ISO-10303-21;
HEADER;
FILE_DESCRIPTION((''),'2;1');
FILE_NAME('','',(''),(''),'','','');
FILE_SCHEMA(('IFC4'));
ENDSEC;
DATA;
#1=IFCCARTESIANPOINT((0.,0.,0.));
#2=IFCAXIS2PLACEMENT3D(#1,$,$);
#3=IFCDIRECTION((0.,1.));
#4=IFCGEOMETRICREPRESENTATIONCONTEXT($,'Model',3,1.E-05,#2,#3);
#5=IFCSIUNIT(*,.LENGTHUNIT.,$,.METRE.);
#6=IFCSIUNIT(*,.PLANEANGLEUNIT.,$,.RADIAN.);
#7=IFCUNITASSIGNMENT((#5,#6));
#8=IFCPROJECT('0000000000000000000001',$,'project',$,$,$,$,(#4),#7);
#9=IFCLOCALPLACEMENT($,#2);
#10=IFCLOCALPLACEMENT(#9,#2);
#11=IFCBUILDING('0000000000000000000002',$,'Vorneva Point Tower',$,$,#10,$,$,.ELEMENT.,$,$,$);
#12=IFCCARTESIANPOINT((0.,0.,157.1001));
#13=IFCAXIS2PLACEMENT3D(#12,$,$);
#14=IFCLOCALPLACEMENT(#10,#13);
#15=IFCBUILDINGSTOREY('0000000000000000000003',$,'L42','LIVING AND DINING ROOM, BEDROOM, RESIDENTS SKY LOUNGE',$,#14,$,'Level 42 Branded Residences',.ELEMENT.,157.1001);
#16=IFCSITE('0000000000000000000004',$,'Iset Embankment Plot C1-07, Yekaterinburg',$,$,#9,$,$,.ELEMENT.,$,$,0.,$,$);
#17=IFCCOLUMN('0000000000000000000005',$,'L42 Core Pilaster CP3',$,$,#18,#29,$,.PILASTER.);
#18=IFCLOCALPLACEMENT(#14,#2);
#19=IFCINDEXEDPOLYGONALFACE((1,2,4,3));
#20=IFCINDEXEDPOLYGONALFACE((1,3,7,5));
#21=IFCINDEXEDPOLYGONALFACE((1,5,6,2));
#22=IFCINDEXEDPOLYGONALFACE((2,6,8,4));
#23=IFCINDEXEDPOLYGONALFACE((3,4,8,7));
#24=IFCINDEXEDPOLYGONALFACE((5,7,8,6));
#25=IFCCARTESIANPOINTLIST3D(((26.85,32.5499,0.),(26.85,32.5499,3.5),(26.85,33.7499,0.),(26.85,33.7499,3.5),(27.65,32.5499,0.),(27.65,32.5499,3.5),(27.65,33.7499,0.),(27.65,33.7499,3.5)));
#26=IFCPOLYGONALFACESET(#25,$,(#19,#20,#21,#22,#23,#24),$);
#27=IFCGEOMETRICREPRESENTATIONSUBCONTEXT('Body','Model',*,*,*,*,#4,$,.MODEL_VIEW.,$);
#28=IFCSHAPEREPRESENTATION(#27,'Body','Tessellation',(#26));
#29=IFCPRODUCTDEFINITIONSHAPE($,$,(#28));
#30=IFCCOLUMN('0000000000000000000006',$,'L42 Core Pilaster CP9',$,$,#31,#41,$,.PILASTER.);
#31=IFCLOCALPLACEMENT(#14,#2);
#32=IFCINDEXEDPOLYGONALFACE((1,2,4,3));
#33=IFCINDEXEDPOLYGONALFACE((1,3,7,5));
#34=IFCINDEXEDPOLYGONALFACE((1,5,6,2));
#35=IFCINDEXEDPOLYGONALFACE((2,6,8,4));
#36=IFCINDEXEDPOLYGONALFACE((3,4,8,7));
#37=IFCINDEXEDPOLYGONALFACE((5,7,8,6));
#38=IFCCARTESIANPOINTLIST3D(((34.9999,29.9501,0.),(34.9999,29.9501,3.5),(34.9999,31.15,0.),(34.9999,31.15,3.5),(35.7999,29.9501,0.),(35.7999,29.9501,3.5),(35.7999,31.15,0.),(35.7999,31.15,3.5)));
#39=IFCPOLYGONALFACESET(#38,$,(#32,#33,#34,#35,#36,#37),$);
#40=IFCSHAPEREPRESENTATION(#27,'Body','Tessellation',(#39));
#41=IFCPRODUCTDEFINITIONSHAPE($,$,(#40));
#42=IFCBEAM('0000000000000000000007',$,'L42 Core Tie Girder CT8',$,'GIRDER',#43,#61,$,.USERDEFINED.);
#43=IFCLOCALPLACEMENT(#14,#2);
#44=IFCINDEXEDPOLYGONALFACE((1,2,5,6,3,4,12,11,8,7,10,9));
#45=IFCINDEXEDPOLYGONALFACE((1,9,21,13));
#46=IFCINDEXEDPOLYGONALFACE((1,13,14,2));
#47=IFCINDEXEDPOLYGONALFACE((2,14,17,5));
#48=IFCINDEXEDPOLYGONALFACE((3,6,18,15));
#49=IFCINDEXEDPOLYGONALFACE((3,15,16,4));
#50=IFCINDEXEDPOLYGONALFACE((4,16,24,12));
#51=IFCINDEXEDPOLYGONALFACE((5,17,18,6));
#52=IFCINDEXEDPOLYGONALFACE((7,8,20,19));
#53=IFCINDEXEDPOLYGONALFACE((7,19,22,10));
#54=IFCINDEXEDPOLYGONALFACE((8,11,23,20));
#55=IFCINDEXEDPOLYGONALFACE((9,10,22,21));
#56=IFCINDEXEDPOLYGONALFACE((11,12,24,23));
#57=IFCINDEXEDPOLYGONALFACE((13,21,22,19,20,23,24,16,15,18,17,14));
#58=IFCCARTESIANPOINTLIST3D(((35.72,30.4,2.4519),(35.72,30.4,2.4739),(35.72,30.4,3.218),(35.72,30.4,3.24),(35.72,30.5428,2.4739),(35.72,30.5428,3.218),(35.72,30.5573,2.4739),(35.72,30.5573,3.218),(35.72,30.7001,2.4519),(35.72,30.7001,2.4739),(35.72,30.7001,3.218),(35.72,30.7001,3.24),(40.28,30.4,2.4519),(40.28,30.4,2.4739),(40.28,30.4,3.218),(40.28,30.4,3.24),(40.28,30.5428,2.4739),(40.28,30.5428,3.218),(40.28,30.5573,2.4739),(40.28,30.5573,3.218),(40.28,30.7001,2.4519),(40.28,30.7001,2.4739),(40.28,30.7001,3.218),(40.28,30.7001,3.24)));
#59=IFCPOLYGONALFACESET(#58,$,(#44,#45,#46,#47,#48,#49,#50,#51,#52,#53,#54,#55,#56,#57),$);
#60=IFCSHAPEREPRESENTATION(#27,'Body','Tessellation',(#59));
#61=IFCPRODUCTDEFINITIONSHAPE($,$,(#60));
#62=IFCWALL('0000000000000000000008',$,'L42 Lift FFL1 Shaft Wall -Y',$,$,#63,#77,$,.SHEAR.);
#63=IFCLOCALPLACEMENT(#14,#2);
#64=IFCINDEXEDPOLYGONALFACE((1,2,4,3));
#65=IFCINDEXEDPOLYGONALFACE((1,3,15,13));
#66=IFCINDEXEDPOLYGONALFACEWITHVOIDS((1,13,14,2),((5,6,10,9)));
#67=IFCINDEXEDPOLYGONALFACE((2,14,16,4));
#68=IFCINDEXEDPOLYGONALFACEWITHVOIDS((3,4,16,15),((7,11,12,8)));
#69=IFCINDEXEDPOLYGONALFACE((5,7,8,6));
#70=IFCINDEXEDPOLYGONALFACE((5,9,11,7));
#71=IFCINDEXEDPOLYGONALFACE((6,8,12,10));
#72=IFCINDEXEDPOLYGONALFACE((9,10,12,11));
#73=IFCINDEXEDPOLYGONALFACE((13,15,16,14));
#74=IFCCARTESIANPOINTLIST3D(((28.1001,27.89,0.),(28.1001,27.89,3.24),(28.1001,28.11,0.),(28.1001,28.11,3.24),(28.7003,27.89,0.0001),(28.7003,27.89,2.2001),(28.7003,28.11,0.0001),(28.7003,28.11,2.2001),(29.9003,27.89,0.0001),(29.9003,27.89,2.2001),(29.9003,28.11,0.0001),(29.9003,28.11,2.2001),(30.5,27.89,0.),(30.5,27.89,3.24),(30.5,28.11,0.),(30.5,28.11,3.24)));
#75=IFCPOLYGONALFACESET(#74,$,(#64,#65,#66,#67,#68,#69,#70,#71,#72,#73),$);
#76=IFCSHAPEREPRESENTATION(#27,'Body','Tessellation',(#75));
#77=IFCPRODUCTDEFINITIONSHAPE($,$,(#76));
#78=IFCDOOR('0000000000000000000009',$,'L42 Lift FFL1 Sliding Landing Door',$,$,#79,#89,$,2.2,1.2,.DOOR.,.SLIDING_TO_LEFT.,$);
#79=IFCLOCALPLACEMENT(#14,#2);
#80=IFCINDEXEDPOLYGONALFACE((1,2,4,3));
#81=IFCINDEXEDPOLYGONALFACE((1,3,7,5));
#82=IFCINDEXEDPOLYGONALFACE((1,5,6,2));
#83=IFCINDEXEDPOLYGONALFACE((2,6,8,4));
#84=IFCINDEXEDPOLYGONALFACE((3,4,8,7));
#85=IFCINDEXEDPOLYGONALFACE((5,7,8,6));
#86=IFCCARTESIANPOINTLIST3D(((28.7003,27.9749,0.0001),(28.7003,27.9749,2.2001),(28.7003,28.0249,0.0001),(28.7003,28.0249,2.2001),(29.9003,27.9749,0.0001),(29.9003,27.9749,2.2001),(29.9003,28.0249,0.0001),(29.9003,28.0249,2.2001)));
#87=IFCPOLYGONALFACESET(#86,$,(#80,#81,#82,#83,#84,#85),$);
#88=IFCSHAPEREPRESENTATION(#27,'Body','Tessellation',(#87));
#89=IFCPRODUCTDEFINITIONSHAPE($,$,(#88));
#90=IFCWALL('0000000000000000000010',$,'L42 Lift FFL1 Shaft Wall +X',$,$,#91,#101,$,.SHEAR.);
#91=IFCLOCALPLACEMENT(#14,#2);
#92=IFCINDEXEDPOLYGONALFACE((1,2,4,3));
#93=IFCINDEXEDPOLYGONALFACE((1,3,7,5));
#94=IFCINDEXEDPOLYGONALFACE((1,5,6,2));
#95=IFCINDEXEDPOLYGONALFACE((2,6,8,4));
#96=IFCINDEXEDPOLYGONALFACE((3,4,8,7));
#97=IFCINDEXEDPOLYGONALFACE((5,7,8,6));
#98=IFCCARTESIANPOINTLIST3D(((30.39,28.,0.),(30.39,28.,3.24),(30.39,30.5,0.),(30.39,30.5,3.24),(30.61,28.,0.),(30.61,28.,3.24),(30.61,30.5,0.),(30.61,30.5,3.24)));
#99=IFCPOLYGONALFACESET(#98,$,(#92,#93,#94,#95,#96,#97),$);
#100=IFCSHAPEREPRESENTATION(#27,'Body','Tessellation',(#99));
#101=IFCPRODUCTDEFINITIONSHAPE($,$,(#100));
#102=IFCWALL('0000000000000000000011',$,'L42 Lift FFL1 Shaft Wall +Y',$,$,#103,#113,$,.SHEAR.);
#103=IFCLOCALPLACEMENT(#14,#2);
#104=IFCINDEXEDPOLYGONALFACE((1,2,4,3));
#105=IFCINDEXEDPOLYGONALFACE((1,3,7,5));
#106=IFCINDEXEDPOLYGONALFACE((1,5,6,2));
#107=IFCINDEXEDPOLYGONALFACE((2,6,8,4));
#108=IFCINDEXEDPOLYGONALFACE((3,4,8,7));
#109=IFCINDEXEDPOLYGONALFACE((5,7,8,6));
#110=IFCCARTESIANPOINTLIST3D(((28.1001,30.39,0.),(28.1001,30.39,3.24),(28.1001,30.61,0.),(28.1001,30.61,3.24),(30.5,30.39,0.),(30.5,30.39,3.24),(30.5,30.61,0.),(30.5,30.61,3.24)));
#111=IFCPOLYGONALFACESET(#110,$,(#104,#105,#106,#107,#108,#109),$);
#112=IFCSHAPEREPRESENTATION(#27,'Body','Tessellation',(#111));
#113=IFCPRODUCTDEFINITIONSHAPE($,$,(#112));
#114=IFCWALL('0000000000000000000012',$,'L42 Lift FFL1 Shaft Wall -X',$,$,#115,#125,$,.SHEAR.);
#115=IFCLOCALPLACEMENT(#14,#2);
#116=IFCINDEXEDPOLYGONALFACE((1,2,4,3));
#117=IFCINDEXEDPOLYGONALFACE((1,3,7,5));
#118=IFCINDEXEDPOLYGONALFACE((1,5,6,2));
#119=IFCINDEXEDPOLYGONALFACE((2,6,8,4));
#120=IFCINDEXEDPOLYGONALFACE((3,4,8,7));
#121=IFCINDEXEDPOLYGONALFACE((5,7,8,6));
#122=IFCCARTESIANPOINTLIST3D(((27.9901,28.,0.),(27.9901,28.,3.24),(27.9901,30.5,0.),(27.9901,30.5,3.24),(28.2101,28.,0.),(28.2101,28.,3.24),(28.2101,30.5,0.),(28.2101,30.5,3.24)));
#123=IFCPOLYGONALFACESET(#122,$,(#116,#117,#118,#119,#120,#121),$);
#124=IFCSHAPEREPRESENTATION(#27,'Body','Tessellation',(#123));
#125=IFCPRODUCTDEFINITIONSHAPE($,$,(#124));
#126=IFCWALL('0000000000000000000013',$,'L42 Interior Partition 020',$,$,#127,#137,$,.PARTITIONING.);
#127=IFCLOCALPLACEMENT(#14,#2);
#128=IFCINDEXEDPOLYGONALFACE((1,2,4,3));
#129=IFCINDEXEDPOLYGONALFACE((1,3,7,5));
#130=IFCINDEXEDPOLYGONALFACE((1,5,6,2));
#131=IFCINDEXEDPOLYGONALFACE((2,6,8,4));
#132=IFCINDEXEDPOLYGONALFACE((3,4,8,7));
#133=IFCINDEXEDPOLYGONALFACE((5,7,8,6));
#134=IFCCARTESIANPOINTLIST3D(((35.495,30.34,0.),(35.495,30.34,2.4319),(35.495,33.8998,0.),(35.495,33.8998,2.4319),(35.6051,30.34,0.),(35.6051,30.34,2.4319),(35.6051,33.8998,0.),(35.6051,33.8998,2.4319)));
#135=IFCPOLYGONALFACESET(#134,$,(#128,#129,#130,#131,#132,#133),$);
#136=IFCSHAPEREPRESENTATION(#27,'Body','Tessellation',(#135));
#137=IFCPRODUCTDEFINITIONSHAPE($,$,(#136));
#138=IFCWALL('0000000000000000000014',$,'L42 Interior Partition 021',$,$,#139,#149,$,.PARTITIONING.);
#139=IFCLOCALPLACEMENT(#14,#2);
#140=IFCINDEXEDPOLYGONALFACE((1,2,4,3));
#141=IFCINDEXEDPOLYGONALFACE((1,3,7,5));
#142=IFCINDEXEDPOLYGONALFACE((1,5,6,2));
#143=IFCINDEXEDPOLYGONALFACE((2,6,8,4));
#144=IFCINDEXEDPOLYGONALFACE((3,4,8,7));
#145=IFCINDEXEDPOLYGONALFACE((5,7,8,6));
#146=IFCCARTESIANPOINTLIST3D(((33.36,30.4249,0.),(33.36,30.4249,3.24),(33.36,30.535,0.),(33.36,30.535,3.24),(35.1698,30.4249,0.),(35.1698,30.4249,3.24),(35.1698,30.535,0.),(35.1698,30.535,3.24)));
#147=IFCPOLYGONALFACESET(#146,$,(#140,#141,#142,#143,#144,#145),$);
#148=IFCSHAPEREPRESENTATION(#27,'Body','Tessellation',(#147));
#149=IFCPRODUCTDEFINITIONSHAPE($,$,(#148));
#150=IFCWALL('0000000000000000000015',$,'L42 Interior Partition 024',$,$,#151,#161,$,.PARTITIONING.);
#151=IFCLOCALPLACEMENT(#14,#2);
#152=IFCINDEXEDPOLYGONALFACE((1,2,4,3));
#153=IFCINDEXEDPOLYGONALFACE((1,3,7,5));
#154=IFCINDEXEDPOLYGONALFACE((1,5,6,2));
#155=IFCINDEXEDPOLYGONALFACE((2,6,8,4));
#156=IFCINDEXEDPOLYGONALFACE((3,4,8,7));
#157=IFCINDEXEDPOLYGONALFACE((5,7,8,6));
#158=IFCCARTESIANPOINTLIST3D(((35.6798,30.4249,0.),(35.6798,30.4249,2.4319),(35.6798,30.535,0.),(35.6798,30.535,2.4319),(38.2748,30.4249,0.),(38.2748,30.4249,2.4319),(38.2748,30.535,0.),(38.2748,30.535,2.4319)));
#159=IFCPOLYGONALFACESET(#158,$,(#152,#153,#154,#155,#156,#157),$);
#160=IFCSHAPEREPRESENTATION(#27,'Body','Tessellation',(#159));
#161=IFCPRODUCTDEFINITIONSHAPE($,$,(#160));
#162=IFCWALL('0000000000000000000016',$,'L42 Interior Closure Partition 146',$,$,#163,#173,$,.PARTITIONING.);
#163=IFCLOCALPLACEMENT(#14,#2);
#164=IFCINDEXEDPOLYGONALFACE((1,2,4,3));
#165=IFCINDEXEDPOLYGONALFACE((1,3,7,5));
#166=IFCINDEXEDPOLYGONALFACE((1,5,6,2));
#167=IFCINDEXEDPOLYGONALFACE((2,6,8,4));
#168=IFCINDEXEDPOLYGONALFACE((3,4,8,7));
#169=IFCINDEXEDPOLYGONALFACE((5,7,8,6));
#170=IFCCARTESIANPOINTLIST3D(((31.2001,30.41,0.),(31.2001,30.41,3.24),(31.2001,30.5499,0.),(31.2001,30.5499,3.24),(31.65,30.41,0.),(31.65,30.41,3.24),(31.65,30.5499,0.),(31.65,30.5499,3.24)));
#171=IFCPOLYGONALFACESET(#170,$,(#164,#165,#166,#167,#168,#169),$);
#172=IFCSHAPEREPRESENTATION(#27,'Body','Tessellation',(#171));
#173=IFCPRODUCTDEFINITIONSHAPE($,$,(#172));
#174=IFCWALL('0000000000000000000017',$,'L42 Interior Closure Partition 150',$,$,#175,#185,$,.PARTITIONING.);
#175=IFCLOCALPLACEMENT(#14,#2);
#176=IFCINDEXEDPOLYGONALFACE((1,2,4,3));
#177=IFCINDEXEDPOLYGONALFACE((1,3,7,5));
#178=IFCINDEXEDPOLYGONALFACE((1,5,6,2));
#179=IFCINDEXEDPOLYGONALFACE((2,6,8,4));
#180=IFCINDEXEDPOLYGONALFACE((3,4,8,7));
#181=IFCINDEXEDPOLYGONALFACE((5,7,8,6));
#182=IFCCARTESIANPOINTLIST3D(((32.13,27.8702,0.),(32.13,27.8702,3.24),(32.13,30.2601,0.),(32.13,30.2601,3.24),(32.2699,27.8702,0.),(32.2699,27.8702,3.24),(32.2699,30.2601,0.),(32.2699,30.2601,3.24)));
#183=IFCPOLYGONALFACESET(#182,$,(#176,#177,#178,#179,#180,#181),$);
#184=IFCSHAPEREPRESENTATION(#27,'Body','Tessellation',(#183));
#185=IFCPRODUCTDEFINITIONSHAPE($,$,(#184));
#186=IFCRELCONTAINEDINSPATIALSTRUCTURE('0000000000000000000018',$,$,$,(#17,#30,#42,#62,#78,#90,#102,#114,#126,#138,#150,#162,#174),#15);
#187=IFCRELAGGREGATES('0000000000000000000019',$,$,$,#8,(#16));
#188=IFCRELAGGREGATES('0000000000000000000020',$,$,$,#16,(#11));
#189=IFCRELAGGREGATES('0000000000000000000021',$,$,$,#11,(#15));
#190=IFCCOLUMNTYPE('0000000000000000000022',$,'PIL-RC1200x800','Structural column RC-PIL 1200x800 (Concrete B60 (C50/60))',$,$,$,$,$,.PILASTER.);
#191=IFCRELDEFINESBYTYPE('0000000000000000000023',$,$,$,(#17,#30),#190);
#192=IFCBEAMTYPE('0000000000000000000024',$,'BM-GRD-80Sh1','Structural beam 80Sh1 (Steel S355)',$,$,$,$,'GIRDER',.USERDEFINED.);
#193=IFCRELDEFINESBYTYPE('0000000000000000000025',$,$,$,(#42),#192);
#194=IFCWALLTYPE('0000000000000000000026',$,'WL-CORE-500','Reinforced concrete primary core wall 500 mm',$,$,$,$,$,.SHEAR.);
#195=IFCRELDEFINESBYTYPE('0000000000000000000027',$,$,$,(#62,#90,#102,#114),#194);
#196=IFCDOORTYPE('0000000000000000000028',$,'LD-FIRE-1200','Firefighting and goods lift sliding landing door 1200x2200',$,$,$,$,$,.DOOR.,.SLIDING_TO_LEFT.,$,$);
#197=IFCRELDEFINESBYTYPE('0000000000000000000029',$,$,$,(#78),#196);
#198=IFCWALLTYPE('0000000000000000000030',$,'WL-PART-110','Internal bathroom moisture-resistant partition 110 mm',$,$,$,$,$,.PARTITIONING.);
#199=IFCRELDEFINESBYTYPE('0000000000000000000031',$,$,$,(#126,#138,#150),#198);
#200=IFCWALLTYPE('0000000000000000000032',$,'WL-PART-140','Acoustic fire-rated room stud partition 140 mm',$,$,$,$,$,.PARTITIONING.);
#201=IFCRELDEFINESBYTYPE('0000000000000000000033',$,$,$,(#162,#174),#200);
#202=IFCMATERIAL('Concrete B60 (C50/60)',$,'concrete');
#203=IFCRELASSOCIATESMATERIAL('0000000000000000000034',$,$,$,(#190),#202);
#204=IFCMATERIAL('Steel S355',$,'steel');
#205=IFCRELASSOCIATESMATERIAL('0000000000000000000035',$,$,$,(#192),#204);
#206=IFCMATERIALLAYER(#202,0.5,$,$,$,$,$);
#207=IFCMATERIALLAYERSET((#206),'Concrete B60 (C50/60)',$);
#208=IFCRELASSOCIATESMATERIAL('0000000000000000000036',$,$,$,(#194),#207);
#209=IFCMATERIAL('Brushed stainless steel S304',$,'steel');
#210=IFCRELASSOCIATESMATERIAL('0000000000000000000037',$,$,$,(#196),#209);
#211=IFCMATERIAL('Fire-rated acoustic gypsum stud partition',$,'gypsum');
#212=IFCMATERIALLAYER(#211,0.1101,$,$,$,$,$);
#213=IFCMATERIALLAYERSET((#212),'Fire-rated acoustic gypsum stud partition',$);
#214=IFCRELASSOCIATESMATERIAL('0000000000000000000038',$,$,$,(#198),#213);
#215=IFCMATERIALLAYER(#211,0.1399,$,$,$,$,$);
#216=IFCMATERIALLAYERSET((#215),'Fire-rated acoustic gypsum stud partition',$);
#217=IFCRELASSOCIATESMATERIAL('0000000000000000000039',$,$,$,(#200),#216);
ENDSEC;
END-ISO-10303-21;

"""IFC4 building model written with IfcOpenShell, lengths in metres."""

from ifc_helpers import new_model, si_unit, direction, frame, frame_2d, origin, origin_2d, place, context, subcontext, project, spatial, rectangle, i_section, extrude, material, layer, layer_set, material_profile, profile_set, type_object, element, fill, save


model = new_model("IFC4")

# Units and contexts
model_context = context("Model", 3, precision=1e-05, world=origin(), true_north=direction((0.0, 1.0)))
body_context = subcontext(model_context, "Body", "Model", "MODEL_VIEW")
ifc_project = project(units=[si_unit("LENGTHUNIT", "METRE"), si_unit("PLANEANGLEUNIT", "RADIAN")], contexts=[model_context])

# Site, building, storey
site_placement = place(None, origin())
site = spatial("IfcSite", under=ifc_project, at=site_placement, Name="Iset Embankment Plot C1-07, Yekaterinburg", CompositionType="ELEMENT", RefElevation=0.0)
building_placement = place(site_placement, origin())
building = spatial("IfcBuilding", under=site, at=building_placement, Name="Vorneva Point Tower", CompositionType="ELEMENT")
storey_placement = place(building_placement, frame((0.0, 0.0, 157.1001)))
storey = spatial("IfcBuildingStorey", under=building, at=storey_placement, Name="L42", Description="LIVING AND DINING ROOM, BEDROOM, RESIDENTS SKY LOUNGE", LongName="Level 42 Branded Residences", CompositionType="ELEMENT", Elevation=157.1001)

# Columns
ifc_material_1 = material(Name="Concrete B60 (C50/60)", Category="concrete")
ifc_material_profile_1 = material_profile(ifc_material_1, rectangle(XDim=0.8, YDim=1.2, at=origin_2d()), Name="RC-PIL 1200x800")
ifc_profile_set_1 = profile_set([ifc_material_profile_1], Name="Concrete B60 (C50/60)")
column_type = type_object("IfcColumnType", Name="PIL-RC1200x800", Description="Structural column RC-PIL 1200x800 (Concrete B60 (C50/60))", PredefinedType="PILASTER", material=ifc_profile_set_1)
for number, where, z_axis, x_axis, name in (
    (1, (27.25, 33.1499, 0.0), (0.0, 0.0, 1.0), (1.0, 0.0, 0.0), "L42 Core Pilaster CP3"),
    (2, (35.3999, 30.55, 0.0), (0.0, 0.0, 1.0), (1.0, 0.0, 0.0), "L42 Core Pilaster CP9"),
):
    element("IfcColumn", number, at=place(storey_placement, frame(where, z_axis=z_axis, x_axis=x_axis)), inside=storey, type_object=column_type, Name=name, PredefinedType="PILASTER", context=body_context, shape_type="SweptSolid", body=[
        extrude(rectangle(XDim=0.8, YDim=1.2, at=origin_2d()), origin(), (0.0, 0.0, 1.0), 3.5),
    ])

# Beam
ifc_material_2 = material(Name="Steel S355", Category="steel")
ifc_material_profile_2 = material_profile(ifc_material_2, i_section(OverallWidth=0.3, OverallDepth=0.7881, WebThickness=0.0144, FlangeThickness=0.022, at=origin_2d()), Name="80Sh1")
ifc_profile_set_2 = profile_set([ifc_material_profile_2], Name="Steel S355")
beam_type = type_object("IfcBeamType", Name="BM-GRD-80Sh1", Description="Structural beam 80Sh1 (Steel S355)", ElementType="GIRDER", PredefinedType="USERDEFINED", material=ifc_profile_set_2)
beam_placement = place(storey_placement, frame((35.72, 30.55, 2.8459), z_axis=(1.0, 0.0, 0.0), x_axis=(0.0, 1.0, 0.0)))
element("IfcBeam", 3, at=beam_placement, inside=storey, type_object=beam_type, Name="L42 Core Tie Girder CT8", ObjectType="GIRDER", PredefinedType="USERDEFINED", context=body_context, shape_type="SweptSolid", body=[
    extrude(i_section(OverallWidth=0.3, OverallDepth=0.7881, WebThickness=0.0144, FlangeThickness=0.022, at=origin_2d()), origin(), (0.0, 0.0, 1.0), 4.5601),
])

# Wall, opening, door
ifc_layer_1 = layer(ifc_material_1, 0.5)
ifc_layer_set_1 = layer_set([ifc_layer_1], Name="Concrete B60 (C50/60)")
wall_type_1 = type_object("IfcWallType", Name="WL-CORE-500", Description="Reinforced concrete primary core wall 500 mm", PredefinedType="SHEAR", material=ifc_layer_set_1)
wall_1_placement = place(storey_placement, frame((28.1001, 28.0, 0.0), z_axis=(0.0, 0.0, 1.0), x_axis=(1.0, 0.0, 0.0)))
wall_1 = element("IfcWall", 4, at=wall_1_placement, inside=storey, type_object=wall_type_1, Name="L42 Lift FFL1 Shaft Wall -Y", PredefinedType="SHEAR", context=body_context, shape_type="SweptSolid", body=[
    extrude(rectangle(XDim=2.3999, YDim=0.22, at=frame_2d((1.2, 0.0))), origin(), (0.0, 0.0, 1.0), 3.24),
])
opening_1_placement = place(wall_1_placement, frame((0.6001, 0.0, 0.0)))
opening_1 = element("IfcOpeningElement", 5, at=opening_1_placement, cuts=wall_1, PredefinedType="OPENING", context=body_context, shape_type="SweptSolid", body=[
    extrude(rectangle(XDim=1.2, YDim=2.2, at=frame_2d((0.6001, 1.1001))), frame((0.0, 0.125, 0.0), z_axis=(0.0, -1.0, 0.0), x_axis=(1.0, 0.0, 0.0)), (0.0, 0.0, 1.0), 0.2498),
])
ifc_material_3 = material(Name="Brushed stainless steel S304", Category="steel")
door_type_1 = type_object("IfcDoorType", Name="LD-FIRE-1200", Description="Firefighting and goods lift sliding landing door 1200x2200", OperationType="SLIDING_TO_LEFT", PredefinedType="DOOR", material=ifc_material_3)
door_1_placement = place(opening_1_placement, origin())
door_1 = element("IfcDoor", 6, at=door_1_placement, inside=storey, type_object=door_type_1, Name="L42 Lift FFL1 Sliding Landing Door", OperationType="SLIDING_TO_LEFT", OverallHeight=2.2, OverallWidth=1.2, PredefinedType="DOOR", context=body_context, shape_type="SweptSolid", body=[
    extrude(rectangle(XDim=1.2, YDim=2.2, at=frame_2d((0.6001, 1.1001))), frame((0.0, 0.0249, 0.0), z_axis=(0.0, -1.0, 0.0), x_axis=(1.0, 0.0, 0.0)), (0.0, 0.0, 1.0), 0.05),
])
fill(opening_1, door_1)

# Walls
wall_2_placement = place(storey_placement, frame((30.5, 28.0, 0.0), z_axis=(0.0, 0.0, 1.0), x_axis=(0.0, 1.0, 0.0)))
element("IfcWall", 7, at=wall_2_placement, inside=storey, type_object=wall_type_1, Name="L42 Lift FFL1 Shaft Wall +X", PredefinedType="SHEAR", context=body_context, shape_type="SweptSolid", body=[
    extrude(rectangle(XDim=2.5, YDim=0.22, at=frame_2d((1.25, 0.0))), origin(), (0.0, 0.0, 1.0), 3.24),
])
wall_3_placement = place(storey_placement, frame((30.5, 30.5, 0.0), z_axis=(0.0, 0.0, 1.0), x_axis=(-1.0, 0.0, 0.0)))
element("IfcWall", 8, at=wall_3_placement, inside=storey, type_object=wall_type_1, Name="L42 Lift FFL1 Shaft Wall +Y", PredefinedType="SHEAR", context=body_context, shape_type="SweptSolid", body=[
    extrude(rectangle(XDim=2.3999, YDim=0.22, at=frame_2d((1.2, 0.0))), origin(), (0.0, 0.0, 1.0), 3.24),
])
wall_4_placement = place(storey_placement, frame((28.1001, 30.5, 0.0), z_axis=(0.0, 0.0, 1.0), x_axis=(0.0, -1.0, 0.0)))
element("IfcWall", 9, at=wall_4_placement, inside=storey, type_object=wall_type_1, Name="L42 Lift FFL1 Shaft Wall -X", PredefinedType="SHEAR", context=body_context, shape_type="SweptSolid", body=[
    extrude(rectangle(XDim=2.5, YDim=0.22, at=frame_2d((1.25, 0.0))), origin(), (0.0, 0.0, 1.0), 3.24),
])
ifc_material_4 = material(Name="Fire-rated acoustic gypsum stud partition", Category="gypsum")
ifc_layer_2 = layer(ifc_material_4, 0.1101)
ifc_layer_set_2 = layer_set([ifc_layer_2], Name="Fire-rated acoustic gypsum stud partition")
wall_type_2 = type_object("IfcWallType", Name="WL-PART-110", Description="Internal bathroom moisture-resistant partition 110 mm", PredefinedType="PARTITIONING", material=ifc_layer_set_2)
wall_5_placement = place(storey_placement, frame((35.55, 30.3401, 0.0), z_axis=(0.0, 0.0, 1.0), x_axis=(0.0, 1.0, 0.0)))
element("IfcWall", 10, at=wall_5_placement, inside=storey, type_object=wall_type_2, Name="L42 Interior Partition 020", PredefinedType="PARTITIONING", context=body_context, shape_type="SweptSolid", body=[
    extrude(rectangle(XDim=3.5598, YDim=0.1101, at=frame_2d((1.7798, 0.0))), origin(), (0.0, 0.0, 1.0), 2.4319),
])
wall_6_placement = place(storey_placement, frame((33.3601, 30.48, 0.0), z_axis=(0.0, 0.0, 1.0), x_axis=(1.0, 0.0, 0.0)))
element("IfcWall", 11, at=wall_6_placement, inside=storey, type_object=wall_type_2, Name="L42 Interior Partition 021", PredefinedType="PARTITIONING", context=body_context, shape_type="SweptSolid", body=[
    extrude(rectangle(XDim=1.8098, YDim=0.1101, at=frame_2d((0.9048, 0.0))), origin(), (0.0, 0.0, 1.0), 3.24),
])
wall_7_placement = place(storey_placement, frame((35.6799, 30.48, 0.0), z_axis=(0.0, 0.0, 1.0), x_axis=(1.0, 0.0, 0.0)))
element("IfcWall", 12, at=wall_7_placement, inside=storey, type_object=wall_type_2, Name="L42 Interior Partition 024", PredefinedType="PARTITIONING", context=body_context, shape_type="SweptSolid", body=[
    extrude(rectangle(XDim=2.595, YDim=0.1101, at=frame_2d((1.2974, 0.0))), origin(), (0.0, 0.0, 1.0), 2.4319),
])
ifc_layer_3 = layer(ifc_material_4, 0.1399)
ifc_layer_set_3 = layer_set([ifc_layer_3], Name="Fire-rated acoustic gypsum stud partition")
wall_type_3 = type_object("IfcWallType", Name="WL-PART-140", Description="Acoustic fire-rated room stud partition 140 mm", PredefinedType="PARTITIONING", material=ifc_layer_set_3)
wall_8_placement = place(storey_placement, frame((31.2, 30.48, 0.0), z_axis=(0.0, 0.0, 1.0), x_axis=(1.0, 0.0, 0.0)))
element("IfcWall", 13, at=wall_8_placement, inside=storey, type_object=wall_type_3, Name="L42 Interior Closure Partition 146", PredefinedType="PARTITIONING", context=body_context, shape_type="SweptSolid", body=[
    extrude(rectangle(XDim=0.45, YDim=0.1399, at=frame_2d((0.2251, 0.0))), origin(), (0.0, 0.0, 1.0), 3.24),
])
for number, where, z_axis, x_axis, name in (
    (14, (32.2, 30.26, 0.0), (0.0, 0.0, 1.0), (0.0, -1.0, 0.0), "L42 Interior Closure Partition 150"),
):
    element("IfcWall", number, at=place(storey_placement, frame(where, z_axis=z_axis, x_axis=x_axis)), inside=storey, type_object=wall_type_3, Name=name, PredefinedType="PARTITIONING", context=body_context, shape_type="SweptSolid", body=[
        extrude(rectangle(XDim=2.3899, YDim=0.1399, at=frame_2d((1.1948, 0.0))), origin(), (0.0, 0.0, 1.0), 3.24),
    ])

save(model, "model.ifc")
